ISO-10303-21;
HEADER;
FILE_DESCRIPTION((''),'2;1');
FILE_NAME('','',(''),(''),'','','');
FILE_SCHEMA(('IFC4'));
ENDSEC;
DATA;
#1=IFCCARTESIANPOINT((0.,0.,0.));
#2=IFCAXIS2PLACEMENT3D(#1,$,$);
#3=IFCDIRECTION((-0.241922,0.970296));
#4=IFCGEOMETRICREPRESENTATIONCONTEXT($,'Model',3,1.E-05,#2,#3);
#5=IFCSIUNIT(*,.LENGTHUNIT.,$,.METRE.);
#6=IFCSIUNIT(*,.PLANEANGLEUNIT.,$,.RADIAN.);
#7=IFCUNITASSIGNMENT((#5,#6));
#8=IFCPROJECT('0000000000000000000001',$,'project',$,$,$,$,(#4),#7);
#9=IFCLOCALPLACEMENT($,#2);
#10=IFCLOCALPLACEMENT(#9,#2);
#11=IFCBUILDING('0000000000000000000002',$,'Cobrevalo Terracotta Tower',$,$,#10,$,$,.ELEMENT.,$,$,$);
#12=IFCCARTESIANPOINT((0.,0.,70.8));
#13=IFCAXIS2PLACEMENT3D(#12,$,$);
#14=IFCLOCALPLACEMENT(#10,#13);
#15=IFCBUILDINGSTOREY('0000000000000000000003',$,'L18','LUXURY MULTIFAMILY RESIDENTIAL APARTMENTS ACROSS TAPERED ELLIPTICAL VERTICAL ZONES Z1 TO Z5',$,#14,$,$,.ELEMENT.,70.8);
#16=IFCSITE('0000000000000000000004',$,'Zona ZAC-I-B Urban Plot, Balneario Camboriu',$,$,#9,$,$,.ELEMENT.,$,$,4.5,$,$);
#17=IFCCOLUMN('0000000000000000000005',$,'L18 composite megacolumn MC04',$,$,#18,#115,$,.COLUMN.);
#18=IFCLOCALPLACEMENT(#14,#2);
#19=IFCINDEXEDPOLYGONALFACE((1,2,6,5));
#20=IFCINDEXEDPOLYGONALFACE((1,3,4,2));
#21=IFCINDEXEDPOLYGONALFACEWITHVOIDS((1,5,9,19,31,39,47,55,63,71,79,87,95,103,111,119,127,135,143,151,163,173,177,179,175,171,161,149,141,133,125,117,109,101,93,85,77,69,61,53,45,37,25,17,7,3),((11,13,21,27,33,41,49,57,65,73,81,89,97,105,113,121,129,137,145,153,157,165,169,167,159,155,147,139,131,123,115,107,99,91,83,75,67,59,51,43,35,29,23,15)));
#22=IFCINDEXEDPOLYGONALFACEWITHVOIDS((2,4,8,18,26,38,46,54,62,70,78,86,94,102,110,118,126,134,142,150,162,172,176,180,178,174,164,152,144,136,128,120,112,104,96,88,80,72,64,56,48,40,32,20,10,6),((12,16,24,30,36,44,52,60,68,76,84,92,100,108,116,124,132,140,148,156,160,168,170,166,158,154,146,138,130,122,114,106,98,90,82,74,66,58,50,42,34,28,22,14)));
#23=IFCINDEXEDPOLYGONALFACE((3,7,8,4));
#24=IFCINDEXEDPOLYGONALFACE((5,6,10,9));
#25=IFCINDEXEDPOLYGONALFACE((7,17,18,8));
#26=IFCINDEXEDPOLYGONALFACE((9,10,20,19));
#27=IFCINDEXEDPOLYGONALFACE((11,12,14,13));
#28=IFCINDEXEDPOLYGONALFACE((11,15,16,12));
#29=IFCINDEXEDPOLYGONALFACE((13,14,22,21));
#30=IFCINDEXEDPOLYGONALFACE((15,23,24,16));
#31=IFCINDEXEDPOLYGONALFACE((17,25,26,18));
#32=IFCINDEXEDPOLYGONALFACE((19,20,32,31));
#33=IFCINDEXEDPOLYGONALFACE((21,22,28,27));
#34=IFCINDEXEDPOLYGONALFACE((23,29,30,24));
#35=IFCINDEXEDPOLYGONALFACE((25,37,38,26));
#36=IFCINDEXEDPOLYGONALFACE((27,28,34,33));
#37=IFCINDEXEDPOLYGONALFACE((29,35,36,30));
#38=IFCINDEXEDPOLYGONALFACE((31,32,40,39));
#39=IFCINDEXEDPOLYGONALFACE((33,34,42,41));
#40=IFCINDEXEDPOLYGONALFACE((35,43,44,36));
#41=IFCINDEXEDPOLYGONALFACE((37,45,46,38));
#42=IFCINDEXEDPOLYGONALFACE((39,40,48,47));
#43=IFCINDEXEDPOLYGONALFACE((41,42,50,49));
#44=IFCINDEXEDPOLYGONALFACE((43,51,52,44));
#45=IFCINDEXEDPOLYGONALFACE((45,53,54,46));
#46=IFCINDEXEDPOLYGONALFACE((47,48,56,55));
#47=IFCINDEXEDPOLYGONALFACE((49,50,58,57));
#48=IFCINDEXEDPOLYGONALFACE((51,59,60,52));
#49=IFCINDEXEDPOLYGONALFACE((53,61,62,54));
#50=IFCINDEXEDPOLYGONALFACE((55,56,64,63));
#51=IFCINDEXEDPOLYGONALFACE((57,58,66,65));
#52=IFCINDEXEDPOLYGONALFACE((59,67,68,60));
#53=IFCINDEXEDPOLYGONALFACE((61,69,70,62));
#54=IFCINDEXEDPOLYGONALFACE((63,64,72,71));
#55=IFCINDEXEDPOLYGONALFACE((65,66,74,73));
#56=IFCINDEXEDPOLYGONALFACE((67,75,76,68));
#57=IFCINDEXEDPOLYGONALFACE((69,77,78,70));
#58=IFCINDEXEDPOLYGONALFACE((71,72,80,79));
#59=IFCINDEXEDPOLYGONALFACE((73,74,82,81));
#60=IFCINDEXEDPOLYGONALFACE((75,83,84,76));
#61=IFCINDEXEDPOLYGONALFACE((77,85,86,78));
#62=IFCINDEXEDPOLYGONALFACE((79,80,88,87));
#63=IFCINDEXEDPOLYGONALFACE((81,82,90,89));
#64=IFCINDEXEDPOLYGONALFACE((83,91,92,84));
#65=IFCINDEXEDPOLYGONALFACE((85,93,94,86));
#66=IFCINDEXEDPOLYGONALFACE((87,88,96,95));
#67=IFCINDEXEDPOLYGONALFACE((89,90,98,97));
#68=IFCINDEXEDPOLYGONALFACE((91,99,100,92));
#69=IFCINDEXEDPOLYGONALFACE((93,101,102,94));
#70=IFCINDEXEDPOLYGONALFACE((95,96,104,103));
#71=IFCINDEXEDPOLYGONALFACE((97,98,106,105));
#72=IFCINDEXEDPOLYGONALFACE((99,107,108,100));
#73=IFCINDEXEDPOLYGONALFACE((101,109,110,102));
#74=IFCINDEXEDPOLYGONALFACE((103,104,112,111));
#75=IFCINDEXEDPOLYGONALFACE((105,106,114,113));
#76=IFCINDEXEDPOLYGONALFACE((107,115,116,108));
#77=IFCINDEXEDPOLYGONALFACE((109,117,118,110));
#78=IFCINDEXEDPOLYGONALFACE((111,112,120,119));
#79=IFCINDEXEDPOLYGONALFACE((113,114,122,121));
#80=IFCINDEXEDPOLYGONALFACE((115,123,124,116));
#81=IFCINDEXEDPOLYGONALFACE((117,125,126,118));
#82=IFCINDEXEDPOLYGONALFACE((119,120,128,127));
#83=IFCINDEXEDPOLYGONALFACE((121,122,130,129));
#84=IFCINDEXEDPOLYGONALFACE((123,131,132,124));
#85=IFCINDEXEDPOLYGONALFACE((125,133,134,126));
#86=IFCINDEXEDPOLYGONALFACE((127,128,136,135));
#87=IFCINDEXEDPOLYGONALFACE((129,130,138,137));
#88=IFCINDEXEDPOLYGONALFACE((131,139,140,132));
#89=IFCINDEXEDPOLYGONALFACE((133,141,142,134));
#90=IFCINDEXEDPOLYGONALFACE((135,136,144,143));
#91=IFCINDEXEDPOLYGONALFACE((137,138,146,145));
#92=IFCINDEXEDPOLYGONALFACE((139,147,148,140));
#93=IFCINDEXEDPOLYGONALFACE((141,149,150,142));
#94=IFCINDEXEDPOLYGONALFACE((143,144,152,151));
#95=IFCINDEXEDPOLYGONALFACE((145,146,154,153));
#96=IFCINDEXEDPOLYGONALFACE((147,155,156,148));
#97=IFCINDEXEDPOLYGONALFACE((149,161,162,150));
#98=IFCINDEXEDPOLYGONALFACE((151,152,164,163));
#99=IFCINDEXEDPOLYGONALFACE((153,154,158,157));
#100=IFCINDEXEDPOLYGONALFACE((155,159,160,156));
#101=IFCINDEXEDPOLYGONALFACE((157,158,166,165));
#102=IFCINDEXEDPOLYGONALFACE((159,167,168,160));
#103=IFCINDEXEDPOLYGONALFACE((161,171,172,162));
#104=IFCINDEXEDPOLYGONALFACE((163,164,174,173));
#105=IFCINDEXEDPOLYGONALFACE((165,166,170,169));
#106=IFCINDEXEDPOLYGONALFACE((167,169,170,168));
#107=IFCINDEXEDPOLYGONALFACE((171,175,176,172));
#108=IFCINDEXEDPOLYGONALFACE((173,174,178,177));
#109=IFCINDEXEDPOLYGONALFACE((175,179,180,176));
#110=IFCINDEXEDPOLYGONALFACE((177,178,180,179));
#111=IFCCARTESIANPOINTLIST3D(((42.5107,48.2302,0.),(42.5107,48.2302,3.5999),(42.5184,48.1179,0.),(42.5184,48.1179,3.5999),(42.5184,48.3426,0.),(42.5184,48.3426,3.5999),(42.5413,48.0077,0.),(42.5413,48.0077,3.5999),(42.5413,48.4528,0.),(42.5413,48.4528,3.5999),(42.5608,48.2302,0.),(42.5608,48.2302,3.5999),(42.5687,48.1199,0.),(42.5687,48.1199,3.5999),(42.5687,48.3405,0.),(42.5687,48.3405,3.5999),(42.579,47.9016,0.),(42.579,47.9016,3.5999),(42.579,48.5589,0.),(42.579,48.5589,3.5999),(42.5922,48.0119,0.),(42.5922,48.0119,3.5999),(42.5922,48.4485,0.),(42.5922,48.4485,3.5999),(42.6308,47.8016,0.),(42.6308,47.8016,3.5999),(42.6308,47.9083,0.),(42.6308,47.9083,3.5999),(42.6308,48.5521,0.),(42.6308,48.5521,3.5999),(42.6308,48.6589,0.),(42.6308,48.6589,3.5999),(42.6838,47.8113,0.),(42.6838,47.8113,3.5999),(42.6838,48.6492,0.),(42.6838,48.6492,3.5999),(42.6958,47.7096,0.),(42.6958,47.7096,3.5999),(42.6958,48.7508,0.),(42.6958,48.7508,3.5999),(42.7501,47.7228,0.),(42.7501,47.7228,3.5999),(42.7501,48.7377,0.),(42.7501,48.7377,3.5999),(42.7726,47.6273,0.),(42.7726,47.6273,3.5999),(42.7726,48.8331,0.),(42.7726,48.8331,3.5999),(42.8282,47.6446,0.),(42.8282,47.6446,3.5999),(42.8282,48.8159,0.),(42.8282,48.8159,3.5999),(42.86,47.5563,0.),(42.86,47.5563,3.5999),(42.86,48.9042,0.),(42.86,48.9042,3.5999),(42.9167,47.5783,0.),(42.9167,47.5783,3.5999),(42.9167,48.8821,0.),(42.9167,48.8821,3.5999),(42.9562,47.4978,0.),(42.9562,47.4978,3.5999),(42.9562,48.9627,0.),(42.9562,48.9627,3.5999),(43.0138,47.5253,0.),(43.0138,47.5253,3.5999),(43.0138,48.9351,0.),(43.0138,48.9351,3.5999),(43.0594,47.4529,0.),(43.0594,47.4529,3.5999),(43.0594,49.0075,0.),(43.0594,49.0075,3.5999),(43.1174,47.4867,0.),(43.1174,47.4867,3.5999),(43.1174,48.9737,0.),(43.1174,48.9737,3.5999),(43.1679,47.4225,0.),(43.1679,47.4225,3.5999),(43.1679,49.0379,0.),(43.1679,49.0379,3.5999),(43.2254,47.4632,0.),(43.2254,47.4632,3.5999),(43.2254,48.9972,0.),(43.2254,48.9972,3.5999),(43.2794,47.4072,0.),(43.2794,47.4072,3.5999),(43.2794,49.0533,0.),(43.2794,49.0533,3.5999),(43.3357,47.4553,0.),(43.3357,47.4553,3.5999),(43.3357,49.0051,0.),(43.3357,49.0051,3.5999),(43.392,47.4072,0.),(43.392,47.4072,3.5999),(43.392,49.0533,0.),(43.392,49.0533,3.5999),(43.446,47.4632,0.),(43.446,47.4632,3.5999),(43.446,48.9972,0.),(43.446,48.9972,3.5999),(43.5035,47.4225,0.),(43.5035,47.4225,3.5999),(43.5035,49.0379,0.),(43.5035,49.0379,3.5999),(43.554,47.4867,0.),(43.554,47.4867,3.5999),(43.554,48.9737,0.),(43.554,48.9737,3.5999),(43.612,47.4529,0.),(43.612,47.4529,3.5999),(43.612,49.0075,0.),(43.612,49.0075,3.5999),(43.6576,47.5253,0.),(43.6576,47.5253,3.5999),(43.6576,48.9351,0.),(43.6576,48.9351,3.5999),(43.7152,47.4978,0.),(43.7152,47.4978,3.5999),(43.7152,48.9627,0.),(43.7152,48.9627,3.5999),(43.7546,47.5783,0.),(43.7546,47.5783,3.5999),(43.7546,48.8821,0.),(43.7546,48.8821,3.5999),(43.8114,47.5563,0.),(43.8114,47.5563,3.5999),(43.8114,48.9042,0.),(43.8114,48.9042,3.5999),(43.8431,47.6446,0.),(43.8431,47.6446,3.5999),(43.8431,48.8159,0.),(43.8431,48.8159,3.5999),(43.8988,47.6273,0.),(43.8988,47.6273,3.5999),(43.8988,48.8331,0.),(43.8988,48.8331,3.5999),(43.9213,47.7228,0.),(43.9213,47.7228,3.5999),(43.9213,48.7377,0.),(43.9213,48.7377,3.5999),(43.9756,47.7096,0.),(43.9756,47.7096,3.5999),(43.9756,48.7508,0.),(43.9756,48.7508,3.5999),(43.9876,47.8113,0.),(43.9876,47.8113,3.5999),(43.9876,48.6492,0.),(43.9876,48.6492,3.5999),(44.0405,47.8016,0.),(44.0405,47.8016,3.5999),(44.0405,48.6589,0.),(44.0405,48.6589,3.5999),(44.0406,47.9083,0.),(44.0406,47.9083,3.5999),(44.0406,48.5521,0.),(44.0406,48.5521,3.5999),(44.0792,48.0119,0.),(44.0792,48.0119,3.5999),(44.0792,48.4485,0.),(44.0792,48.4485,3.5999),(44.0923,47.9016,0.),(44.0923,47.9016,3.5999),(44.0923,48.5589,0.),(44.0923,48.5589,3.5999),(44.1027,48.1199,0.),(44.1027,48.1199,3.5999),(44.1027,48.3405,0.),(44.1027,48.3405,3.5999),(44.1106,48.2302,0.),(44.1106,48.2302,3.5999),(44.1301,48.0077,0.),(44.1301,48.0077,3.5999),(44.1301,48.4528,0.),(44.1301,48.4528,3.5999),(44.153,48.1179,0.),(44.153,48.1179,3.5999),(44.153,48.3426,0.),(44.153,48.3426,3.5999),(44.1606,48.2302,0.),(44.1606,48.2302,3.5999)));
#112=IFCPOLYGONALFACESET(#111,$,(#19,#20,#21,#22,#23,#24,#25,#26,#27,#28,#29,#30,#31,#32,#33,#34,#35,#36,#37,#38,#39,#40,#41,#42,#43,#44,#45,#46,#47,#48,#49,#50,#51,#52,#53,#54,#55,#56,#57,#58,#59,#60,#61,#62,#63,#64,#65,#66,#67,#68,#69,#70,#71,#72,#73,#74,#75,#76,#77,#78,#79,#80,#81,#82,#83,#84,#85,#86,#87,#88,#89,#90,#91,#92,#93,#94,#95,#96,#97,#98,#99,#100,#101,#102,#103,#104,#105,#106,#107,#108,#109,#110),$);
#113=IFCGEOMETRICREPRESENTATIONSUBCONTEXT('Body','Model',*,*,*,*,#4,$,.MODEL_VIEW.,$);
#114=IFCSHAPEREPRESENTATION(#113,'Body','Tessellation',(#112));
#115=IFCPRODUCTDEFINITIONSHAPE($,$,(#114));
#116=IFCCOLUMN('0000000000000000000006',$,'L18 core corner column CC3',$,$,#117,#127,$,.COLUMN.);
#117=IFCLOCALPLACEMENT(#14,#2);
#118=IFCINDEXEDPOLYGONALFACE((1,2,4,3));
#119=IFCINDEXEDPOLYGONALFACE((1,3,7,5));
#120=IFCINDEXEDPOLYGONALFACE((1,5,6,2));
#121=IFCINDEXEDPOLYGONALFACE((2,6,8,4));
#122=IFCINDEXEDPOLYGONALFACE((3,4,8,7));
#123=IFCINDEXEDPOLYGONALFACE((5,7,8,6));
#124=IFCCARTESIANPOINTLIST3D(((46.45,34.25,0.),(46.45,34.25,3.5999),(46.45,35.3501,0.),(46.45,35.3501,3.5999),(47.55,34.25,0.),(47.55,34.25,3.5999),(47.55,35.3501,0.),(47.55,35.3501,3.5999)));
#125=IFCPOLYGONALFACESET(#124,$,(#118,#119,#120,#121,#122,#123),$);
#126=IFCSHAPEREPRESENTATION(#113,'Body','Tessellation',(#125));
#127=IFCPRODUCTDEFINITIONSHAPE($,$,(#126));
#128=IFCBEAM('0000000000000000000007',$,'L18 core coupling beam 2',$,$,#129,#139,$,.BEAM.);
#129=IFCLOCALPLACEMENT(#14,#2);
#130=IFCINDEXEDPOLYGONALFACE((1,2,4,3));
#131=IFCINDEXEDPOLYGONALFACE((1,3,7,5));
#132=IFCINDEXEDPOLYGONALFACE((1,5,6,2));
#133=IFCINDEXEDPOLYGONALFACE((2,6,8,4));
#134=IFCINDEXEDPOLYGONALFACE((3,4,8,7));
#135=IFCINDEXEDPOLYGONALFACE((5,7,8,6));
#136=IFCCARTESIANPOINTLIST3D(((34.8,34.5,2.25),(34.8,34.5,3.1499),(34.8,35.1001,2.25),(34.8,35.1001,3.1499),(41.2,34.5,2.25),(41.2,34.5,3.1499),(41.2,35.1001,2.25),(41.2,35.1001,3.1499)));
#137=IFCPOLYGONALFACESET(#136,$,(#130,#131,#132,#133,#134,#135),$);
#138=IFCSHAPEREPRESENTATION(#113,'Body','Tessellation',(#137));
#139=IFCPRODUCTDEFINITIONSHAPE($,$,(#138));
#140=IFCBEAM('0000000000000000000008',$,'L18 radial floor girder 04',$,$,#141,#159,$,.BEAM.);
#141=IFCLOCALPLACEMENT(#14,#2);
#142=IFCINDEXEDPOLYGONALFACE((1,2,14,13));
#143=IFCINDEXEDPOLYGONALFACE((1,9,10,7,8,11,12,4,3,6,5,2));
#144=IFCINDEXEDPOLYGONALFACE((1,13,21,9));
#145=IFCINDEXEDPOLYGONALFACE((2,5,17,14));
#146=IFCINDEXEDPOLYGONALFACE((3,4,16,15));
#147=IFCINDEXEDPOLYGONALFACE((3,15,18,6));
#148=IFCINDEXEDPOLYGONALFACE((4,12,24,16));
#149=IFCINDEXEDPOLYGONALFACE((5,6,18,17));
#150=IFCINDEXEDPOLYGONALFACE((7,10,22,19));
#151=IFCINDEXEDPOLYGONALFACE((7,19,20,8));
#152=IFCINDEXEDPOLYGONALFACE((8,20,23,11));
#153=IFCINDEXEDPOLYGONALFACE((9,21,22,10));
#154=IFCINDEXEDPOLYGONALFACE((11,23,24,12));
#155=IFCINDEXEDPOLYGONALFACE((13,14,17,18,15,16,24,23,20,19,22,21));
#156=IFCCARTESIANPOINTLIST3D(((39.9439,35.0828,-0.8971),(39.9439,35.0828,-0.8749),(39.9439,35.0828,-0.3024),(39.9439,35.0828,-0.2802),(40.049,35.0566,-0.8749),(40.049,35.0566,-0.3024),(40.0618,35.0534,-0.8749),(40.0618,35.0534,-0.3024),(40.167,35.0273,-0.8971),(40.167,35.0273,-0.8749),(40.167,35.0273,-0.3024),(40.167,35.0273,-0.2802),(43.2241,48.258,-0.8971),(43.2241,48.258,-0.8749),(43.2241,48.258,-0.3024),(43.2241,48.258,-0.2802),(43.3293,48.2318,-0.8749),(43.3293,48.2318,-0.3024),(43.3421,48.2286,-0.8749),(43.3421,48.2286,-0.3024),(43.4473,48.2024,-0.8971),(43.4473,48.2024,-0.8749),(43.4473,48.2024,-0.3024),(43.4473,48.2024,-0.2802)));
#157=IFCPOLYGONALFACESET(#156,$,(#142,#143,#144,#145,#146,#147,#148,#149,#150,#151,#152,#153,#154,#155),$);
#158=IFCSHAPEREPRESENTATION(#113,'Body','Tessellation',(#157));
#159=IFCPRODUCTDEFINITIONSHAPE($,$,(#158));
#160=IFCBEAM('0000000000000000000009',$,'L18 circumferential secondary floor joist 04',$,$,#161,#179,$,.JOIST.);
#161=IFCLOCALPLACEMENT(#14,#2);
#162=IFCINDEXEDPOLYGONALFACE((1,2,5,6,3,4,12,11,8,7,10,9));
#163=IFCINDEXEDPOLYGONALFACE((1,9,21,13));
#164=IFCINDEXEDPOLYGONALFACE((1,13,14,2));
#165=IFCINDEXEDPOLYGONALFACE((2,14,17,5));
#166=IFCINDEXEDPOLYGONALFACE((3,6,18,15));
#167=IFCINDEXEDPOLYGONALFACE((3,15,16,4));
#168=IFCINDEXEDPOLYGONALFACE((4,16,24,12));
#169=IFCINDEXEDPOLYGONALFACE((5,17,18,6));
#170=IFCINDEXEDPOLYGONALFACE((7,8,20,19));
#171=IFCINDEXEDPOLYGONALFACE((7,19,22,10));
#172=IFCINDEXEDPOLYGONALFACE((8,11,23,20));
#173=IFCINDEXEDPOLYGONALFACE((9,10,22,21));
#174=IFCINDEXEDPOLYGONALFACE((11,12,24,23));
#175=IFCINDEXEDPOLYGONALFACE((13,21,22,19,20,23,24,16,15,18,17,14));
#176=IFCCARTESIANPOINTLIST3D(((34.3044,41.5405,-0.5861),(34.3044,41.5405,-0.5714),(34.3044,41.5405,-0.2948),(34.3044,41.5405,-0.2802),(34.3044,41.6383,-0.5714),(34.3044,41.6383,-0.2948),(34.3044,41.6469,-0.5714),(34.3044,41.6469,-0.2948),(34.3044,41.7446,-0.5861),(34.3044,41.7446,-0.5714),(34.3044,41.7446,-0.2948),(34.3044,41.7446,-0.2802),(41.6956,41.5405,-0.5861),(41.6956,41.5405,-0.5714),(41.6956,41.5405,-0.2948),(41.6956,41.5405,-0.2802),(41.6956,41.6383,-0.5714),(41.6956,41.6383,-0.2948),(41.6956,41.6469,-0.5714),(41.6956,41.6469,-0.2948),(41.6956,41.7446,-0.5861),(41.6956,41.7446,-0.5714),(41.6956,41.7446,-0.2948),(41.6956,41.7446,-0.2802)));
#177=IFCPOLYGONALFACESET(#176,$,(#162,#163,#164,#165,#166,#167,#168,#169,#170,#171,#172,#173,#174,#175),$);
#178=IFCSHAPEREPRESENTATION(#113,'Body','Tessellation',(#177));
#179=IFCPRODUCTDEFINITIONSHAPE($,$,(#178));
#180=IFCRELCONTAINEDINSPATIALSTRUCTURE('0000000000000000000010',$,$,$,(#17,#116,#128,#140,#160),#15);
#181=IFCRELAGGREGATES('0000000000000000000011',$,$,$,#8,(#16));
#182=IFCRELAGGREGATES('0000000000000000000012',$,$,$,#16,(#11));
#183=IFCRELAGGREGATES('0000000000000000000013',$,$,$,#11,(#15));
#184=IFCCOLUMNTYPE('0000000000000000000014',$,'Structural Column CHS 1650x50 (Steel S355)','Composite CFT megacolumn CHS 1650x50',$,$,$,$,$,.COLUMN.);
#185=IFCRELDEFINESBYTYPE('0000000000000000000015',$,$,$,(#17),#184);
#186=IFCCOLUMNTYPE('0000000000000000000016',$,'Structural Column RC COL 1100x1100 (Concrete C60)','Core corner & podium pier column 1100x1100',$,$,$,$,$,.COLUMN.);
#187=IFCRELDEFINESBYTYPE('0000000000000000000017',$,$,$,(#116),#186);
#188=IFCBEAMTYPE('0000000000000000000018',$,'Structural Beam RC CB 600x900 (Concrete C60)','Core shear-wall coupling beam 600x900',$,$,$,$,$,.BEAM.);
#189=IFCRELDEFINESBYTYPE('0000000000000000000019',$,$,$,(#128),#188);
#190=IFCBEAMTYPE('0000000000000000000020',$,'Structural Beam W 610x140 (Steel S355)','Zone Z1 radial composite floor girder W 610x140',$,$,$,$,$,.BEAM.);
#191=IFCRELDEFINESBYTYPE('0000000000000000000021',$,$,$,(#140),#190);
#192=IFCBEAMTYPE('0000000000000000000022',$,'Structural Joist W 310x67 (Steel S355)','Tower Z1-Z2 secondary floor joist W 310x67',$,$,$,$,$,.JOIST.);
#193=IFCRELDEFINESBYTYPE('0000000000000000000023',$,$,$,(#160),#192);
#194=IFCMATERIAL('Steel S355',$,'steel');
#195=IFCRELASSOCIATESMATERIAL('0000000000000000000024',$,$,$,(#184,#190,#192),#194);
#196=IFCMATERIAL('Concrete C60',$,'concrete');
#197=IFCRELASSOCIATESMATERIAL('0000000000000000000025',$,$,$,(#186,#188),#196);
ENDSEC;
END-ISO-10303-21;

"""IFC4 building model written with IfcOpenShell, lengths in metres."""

from ifc_helpers import new_model, si_unit, direction, frame, origin, origin_2d, place, context, subcontext, project, spatial, rectangle, hollow_circle, i_section, extrude, material, material_profile, profile_set, type_object, element, save


model = new_model("IFC4")

# Units and contexts
model_context = context("Model", 3, precision=1e-05, world=origin(), true_north=direction((-0.241922, 0.970296)))
body_context = subcontext(model_context, "Body", "Model", "MODEL_VIEW")
ifc_project = project(units=[si_unit("LENGTHUNIT", "METRE"), si_unit("PLANEANGLEUNIT", "RADIAN")], contexts=[model_context])

# Site, building, storey
site_placement = place(None, origin())
site = spatial("IfcSite", under=ifc_project, at=site_placement, Name="Zona ZAC-I-B Urban Plot, Balneario Camboriu", CompositionType="ELEMENT", RefElevation=4.5)
building_placement = place(site_placement, origin())
building = spatial("IfcBuilding", under=site, at=building_placement, Name="Cobrevalo Terracotta Tower", CompositionType="ELEMENT")
storey_placement = place(building_placement, frame((0.0, 0.0, 70.8)))
storey = spatial("IfcBuildingStorey", under=building, at=storey_placement, Name="L18", Description="LUXURY MULTIFAMILY RESIDENTIAL APARTMENTS ACROSS TAPERED ELLIPTICAL VERTICAL ZONES Z1 TO Z5", CompositionType="ELEMENT", Elevation=70.8)

# Columns
ifc_material_1 = material(Name="Steel S355", Category="steel")
ifc_material_profile_1 = material_profile(ifc_material_1, hollow_circle(Radius=0.825, WallThickness=0.05, at=origin_2d()), Name="CHS 1650x50")
ifc_profile_set_1 = profile_set([ifc_material_profile_1], Name="Steel S355")
column_type_1 = type_object("IfcColumnType", Name="Structural Column CHS 1650x50 (Steel S355)", Description="Composite CFT megacolumn CHS 1650x50", PredefinedType="COLUMN", material=ifc_profile_set_1)
column_1_placement = place(storey_placement, frame((43.3357, 48.2302, 0.0), z_axis=(0.0, 0.0, 1.0), x_axis=(1.0, 0.0, 0.0)))
element("IfcColumn", 1, at=column_1_placement, inside=storey, type_object=column_type_1, Name="L18 composite megacolumn MC04", PredefinedType="COLUMN", context=body_context, shape_type="SweptSolid", body=[
    extrude(hollow_circle(Radius=0.825, WallThickness=0.05, at=origin_2d()), origin(), (0.0, 0.0, 1.0), 3.5999),
])
ifc_material_2 = material(Name="Concrete C60", Category="concrete")
ifc_material_profile_2 = material_profile(ifc_material_2, rectangle(XDim=1.1001, YDim=1.1001, at=origin_2d()), Name="RC COL 1100x1100")
ifc_profile_set_2 = profile_set([ifc_material_profile_2], Name="Concrete C60")
column_type_2 = type_object("IfcColumnType", Name="Structural Column RC COL 1100x1100 (Concrete C60)", Description="Core corner & podium pier column 1100x1100", PredefinedType="COLUMN", material=ifc_profile_set_2)
column_2_placement = place(storey_placement, frame((47.0, 34.8, 0.0), z_axis=(0.0, 0.0, 1.0), x_axis=(1.0, 0.0, 0.0)))
element("IfcColumn", 2, at=column_2_placement, inside=storey, type_object=column_type_2, Name="L18 core corner column CC3", PredefinedType="COLUMN", context=body_context, shape_type="SweptSolid", body=[
    extrude(rectangle(XDim=1.1001, YDim=1.1001, at=origin_2d()), origin(), (0.0, 0.0, 1.0), 3.5999),
])

# Beams
ifc_material_profile_3 = material_profile(ifc_material_2, rectangle(XDim=0.6001, YDim=0.8999, at=origin_2d()), Name="RC CB 600x900")
ifc_profile_set_3 = profile_set([ifc_material_profile_3], Name="Concrete C60")
beam_type_1 = type_object("IfcBeamType", Name="Structural Beam RC CB 600x900 (Concrete C60)", Description="Core shear-wall coupling beam 600x900", PredefinedType="BEAM", material=ifc_profile_set_3)
beam_1_placement = place(storey_placement, frame((34.8, 34.8, 2.7), z_axis=(1.0, 0.0, 0.0), x_axis=(0.0, 1.0, 0.0)))
element("IfcBeam", 3, at=beam_1_placement, inside=storey, type_object=beam_type_1, Name="L18 core coupling beam 2", PredefinedType="BEAM", context=body_context, shape_type="SweptSolid", body=[
    extrude(rectangle(XDim=0.6001, YDim=0.8999, at=origin_2d()), origin(), (0.0, 0.0, 1.0), 6.3999),
])
ifc_material_profile_4 = material_profile(ifc_material_1, i_section(OverallWidth=0.23, OverallDepth=0.6169, WebThickness=0.0132, FlangeThickness=0.0222, at=origin_2d()), Name="W 610x140")
ifc_profile_set_4 = profile_set([ifc_material_profile_4], Name="Steel S355")
beam_type_2 = type_object("IfcBeamType", Name="Structural Beam W 610x140 (Steel S355)", Description="Zone Z1 radial composite floor girder W 610x140", PredefinedType="BEAM", material=ifc_profile_set_4)
beam_2_placement = place(storey_placement, frame((43.3357, 48.2302, -0.5886), z_axis=(-0.241596, -0.970377, 0.0), x_axis=(0.970377, -0.241596, 0.0)))
element("IfcBeam", 4, at=beam_2_placement, inside=storey, type_object=beam_type_2, Name="L18 radial floor girder 04", PredefinedType="BEAM", context=body_context, shape_type="SweptSolid", body=[
    extrude(i_section(OverallWidth=0.23, OverallDepth=0.6169, WebThickness=0.0132, FlangeThickness=0.0222, at=origin_2d()), origin(), (0.0, 0.0, 1.0), 13.5774),
])
ifc_material_profile_5 = material_profile(ifc_material_1, i_section(OverallWidth=0.2041, OverallDepth=0.3059, WebThickness=0.0085, FlangeThickness=0.0146, at=origin_2d()), Name="W 310x67")
ifc_profile_set_5 = profile_set([ifc_material_profile_5], Name="Steel S355")
beam_type_3 = type_object("IfcBeamType", Name="Structural Joist W 310x67 (Steel S355)", Description="Tower Z1-Z2 secondary floor joist W 310x67", PredefinedType="JOIST", material=ifc_profile_set_5)
beam_3_placement = place(storey_placement, frame((41.6956, 41.6426, -0.4331), z_axis=(-1.0, 0.0, 0.0), x_axis=(0.0, -1.0, 0.0)))
element("IfcBeam", 5, at=beam_3_placement, inside=storey, type_object=beam_type_3, Name="L18 circumferential secondary floor joist 04", PredefinedType="JOIST", context=body_context, shape_type="SweptSolid", body=[
    extrude(i_section(OverallWidth=0.2041, OverallDepth=0.3059, WebThickness=0.0085, FlangeThickness=0.0146, at=origin_2d()), origin(), (0.0, 0.0, 1.0), 7.3911),
])

save(model, "model.ifc")
